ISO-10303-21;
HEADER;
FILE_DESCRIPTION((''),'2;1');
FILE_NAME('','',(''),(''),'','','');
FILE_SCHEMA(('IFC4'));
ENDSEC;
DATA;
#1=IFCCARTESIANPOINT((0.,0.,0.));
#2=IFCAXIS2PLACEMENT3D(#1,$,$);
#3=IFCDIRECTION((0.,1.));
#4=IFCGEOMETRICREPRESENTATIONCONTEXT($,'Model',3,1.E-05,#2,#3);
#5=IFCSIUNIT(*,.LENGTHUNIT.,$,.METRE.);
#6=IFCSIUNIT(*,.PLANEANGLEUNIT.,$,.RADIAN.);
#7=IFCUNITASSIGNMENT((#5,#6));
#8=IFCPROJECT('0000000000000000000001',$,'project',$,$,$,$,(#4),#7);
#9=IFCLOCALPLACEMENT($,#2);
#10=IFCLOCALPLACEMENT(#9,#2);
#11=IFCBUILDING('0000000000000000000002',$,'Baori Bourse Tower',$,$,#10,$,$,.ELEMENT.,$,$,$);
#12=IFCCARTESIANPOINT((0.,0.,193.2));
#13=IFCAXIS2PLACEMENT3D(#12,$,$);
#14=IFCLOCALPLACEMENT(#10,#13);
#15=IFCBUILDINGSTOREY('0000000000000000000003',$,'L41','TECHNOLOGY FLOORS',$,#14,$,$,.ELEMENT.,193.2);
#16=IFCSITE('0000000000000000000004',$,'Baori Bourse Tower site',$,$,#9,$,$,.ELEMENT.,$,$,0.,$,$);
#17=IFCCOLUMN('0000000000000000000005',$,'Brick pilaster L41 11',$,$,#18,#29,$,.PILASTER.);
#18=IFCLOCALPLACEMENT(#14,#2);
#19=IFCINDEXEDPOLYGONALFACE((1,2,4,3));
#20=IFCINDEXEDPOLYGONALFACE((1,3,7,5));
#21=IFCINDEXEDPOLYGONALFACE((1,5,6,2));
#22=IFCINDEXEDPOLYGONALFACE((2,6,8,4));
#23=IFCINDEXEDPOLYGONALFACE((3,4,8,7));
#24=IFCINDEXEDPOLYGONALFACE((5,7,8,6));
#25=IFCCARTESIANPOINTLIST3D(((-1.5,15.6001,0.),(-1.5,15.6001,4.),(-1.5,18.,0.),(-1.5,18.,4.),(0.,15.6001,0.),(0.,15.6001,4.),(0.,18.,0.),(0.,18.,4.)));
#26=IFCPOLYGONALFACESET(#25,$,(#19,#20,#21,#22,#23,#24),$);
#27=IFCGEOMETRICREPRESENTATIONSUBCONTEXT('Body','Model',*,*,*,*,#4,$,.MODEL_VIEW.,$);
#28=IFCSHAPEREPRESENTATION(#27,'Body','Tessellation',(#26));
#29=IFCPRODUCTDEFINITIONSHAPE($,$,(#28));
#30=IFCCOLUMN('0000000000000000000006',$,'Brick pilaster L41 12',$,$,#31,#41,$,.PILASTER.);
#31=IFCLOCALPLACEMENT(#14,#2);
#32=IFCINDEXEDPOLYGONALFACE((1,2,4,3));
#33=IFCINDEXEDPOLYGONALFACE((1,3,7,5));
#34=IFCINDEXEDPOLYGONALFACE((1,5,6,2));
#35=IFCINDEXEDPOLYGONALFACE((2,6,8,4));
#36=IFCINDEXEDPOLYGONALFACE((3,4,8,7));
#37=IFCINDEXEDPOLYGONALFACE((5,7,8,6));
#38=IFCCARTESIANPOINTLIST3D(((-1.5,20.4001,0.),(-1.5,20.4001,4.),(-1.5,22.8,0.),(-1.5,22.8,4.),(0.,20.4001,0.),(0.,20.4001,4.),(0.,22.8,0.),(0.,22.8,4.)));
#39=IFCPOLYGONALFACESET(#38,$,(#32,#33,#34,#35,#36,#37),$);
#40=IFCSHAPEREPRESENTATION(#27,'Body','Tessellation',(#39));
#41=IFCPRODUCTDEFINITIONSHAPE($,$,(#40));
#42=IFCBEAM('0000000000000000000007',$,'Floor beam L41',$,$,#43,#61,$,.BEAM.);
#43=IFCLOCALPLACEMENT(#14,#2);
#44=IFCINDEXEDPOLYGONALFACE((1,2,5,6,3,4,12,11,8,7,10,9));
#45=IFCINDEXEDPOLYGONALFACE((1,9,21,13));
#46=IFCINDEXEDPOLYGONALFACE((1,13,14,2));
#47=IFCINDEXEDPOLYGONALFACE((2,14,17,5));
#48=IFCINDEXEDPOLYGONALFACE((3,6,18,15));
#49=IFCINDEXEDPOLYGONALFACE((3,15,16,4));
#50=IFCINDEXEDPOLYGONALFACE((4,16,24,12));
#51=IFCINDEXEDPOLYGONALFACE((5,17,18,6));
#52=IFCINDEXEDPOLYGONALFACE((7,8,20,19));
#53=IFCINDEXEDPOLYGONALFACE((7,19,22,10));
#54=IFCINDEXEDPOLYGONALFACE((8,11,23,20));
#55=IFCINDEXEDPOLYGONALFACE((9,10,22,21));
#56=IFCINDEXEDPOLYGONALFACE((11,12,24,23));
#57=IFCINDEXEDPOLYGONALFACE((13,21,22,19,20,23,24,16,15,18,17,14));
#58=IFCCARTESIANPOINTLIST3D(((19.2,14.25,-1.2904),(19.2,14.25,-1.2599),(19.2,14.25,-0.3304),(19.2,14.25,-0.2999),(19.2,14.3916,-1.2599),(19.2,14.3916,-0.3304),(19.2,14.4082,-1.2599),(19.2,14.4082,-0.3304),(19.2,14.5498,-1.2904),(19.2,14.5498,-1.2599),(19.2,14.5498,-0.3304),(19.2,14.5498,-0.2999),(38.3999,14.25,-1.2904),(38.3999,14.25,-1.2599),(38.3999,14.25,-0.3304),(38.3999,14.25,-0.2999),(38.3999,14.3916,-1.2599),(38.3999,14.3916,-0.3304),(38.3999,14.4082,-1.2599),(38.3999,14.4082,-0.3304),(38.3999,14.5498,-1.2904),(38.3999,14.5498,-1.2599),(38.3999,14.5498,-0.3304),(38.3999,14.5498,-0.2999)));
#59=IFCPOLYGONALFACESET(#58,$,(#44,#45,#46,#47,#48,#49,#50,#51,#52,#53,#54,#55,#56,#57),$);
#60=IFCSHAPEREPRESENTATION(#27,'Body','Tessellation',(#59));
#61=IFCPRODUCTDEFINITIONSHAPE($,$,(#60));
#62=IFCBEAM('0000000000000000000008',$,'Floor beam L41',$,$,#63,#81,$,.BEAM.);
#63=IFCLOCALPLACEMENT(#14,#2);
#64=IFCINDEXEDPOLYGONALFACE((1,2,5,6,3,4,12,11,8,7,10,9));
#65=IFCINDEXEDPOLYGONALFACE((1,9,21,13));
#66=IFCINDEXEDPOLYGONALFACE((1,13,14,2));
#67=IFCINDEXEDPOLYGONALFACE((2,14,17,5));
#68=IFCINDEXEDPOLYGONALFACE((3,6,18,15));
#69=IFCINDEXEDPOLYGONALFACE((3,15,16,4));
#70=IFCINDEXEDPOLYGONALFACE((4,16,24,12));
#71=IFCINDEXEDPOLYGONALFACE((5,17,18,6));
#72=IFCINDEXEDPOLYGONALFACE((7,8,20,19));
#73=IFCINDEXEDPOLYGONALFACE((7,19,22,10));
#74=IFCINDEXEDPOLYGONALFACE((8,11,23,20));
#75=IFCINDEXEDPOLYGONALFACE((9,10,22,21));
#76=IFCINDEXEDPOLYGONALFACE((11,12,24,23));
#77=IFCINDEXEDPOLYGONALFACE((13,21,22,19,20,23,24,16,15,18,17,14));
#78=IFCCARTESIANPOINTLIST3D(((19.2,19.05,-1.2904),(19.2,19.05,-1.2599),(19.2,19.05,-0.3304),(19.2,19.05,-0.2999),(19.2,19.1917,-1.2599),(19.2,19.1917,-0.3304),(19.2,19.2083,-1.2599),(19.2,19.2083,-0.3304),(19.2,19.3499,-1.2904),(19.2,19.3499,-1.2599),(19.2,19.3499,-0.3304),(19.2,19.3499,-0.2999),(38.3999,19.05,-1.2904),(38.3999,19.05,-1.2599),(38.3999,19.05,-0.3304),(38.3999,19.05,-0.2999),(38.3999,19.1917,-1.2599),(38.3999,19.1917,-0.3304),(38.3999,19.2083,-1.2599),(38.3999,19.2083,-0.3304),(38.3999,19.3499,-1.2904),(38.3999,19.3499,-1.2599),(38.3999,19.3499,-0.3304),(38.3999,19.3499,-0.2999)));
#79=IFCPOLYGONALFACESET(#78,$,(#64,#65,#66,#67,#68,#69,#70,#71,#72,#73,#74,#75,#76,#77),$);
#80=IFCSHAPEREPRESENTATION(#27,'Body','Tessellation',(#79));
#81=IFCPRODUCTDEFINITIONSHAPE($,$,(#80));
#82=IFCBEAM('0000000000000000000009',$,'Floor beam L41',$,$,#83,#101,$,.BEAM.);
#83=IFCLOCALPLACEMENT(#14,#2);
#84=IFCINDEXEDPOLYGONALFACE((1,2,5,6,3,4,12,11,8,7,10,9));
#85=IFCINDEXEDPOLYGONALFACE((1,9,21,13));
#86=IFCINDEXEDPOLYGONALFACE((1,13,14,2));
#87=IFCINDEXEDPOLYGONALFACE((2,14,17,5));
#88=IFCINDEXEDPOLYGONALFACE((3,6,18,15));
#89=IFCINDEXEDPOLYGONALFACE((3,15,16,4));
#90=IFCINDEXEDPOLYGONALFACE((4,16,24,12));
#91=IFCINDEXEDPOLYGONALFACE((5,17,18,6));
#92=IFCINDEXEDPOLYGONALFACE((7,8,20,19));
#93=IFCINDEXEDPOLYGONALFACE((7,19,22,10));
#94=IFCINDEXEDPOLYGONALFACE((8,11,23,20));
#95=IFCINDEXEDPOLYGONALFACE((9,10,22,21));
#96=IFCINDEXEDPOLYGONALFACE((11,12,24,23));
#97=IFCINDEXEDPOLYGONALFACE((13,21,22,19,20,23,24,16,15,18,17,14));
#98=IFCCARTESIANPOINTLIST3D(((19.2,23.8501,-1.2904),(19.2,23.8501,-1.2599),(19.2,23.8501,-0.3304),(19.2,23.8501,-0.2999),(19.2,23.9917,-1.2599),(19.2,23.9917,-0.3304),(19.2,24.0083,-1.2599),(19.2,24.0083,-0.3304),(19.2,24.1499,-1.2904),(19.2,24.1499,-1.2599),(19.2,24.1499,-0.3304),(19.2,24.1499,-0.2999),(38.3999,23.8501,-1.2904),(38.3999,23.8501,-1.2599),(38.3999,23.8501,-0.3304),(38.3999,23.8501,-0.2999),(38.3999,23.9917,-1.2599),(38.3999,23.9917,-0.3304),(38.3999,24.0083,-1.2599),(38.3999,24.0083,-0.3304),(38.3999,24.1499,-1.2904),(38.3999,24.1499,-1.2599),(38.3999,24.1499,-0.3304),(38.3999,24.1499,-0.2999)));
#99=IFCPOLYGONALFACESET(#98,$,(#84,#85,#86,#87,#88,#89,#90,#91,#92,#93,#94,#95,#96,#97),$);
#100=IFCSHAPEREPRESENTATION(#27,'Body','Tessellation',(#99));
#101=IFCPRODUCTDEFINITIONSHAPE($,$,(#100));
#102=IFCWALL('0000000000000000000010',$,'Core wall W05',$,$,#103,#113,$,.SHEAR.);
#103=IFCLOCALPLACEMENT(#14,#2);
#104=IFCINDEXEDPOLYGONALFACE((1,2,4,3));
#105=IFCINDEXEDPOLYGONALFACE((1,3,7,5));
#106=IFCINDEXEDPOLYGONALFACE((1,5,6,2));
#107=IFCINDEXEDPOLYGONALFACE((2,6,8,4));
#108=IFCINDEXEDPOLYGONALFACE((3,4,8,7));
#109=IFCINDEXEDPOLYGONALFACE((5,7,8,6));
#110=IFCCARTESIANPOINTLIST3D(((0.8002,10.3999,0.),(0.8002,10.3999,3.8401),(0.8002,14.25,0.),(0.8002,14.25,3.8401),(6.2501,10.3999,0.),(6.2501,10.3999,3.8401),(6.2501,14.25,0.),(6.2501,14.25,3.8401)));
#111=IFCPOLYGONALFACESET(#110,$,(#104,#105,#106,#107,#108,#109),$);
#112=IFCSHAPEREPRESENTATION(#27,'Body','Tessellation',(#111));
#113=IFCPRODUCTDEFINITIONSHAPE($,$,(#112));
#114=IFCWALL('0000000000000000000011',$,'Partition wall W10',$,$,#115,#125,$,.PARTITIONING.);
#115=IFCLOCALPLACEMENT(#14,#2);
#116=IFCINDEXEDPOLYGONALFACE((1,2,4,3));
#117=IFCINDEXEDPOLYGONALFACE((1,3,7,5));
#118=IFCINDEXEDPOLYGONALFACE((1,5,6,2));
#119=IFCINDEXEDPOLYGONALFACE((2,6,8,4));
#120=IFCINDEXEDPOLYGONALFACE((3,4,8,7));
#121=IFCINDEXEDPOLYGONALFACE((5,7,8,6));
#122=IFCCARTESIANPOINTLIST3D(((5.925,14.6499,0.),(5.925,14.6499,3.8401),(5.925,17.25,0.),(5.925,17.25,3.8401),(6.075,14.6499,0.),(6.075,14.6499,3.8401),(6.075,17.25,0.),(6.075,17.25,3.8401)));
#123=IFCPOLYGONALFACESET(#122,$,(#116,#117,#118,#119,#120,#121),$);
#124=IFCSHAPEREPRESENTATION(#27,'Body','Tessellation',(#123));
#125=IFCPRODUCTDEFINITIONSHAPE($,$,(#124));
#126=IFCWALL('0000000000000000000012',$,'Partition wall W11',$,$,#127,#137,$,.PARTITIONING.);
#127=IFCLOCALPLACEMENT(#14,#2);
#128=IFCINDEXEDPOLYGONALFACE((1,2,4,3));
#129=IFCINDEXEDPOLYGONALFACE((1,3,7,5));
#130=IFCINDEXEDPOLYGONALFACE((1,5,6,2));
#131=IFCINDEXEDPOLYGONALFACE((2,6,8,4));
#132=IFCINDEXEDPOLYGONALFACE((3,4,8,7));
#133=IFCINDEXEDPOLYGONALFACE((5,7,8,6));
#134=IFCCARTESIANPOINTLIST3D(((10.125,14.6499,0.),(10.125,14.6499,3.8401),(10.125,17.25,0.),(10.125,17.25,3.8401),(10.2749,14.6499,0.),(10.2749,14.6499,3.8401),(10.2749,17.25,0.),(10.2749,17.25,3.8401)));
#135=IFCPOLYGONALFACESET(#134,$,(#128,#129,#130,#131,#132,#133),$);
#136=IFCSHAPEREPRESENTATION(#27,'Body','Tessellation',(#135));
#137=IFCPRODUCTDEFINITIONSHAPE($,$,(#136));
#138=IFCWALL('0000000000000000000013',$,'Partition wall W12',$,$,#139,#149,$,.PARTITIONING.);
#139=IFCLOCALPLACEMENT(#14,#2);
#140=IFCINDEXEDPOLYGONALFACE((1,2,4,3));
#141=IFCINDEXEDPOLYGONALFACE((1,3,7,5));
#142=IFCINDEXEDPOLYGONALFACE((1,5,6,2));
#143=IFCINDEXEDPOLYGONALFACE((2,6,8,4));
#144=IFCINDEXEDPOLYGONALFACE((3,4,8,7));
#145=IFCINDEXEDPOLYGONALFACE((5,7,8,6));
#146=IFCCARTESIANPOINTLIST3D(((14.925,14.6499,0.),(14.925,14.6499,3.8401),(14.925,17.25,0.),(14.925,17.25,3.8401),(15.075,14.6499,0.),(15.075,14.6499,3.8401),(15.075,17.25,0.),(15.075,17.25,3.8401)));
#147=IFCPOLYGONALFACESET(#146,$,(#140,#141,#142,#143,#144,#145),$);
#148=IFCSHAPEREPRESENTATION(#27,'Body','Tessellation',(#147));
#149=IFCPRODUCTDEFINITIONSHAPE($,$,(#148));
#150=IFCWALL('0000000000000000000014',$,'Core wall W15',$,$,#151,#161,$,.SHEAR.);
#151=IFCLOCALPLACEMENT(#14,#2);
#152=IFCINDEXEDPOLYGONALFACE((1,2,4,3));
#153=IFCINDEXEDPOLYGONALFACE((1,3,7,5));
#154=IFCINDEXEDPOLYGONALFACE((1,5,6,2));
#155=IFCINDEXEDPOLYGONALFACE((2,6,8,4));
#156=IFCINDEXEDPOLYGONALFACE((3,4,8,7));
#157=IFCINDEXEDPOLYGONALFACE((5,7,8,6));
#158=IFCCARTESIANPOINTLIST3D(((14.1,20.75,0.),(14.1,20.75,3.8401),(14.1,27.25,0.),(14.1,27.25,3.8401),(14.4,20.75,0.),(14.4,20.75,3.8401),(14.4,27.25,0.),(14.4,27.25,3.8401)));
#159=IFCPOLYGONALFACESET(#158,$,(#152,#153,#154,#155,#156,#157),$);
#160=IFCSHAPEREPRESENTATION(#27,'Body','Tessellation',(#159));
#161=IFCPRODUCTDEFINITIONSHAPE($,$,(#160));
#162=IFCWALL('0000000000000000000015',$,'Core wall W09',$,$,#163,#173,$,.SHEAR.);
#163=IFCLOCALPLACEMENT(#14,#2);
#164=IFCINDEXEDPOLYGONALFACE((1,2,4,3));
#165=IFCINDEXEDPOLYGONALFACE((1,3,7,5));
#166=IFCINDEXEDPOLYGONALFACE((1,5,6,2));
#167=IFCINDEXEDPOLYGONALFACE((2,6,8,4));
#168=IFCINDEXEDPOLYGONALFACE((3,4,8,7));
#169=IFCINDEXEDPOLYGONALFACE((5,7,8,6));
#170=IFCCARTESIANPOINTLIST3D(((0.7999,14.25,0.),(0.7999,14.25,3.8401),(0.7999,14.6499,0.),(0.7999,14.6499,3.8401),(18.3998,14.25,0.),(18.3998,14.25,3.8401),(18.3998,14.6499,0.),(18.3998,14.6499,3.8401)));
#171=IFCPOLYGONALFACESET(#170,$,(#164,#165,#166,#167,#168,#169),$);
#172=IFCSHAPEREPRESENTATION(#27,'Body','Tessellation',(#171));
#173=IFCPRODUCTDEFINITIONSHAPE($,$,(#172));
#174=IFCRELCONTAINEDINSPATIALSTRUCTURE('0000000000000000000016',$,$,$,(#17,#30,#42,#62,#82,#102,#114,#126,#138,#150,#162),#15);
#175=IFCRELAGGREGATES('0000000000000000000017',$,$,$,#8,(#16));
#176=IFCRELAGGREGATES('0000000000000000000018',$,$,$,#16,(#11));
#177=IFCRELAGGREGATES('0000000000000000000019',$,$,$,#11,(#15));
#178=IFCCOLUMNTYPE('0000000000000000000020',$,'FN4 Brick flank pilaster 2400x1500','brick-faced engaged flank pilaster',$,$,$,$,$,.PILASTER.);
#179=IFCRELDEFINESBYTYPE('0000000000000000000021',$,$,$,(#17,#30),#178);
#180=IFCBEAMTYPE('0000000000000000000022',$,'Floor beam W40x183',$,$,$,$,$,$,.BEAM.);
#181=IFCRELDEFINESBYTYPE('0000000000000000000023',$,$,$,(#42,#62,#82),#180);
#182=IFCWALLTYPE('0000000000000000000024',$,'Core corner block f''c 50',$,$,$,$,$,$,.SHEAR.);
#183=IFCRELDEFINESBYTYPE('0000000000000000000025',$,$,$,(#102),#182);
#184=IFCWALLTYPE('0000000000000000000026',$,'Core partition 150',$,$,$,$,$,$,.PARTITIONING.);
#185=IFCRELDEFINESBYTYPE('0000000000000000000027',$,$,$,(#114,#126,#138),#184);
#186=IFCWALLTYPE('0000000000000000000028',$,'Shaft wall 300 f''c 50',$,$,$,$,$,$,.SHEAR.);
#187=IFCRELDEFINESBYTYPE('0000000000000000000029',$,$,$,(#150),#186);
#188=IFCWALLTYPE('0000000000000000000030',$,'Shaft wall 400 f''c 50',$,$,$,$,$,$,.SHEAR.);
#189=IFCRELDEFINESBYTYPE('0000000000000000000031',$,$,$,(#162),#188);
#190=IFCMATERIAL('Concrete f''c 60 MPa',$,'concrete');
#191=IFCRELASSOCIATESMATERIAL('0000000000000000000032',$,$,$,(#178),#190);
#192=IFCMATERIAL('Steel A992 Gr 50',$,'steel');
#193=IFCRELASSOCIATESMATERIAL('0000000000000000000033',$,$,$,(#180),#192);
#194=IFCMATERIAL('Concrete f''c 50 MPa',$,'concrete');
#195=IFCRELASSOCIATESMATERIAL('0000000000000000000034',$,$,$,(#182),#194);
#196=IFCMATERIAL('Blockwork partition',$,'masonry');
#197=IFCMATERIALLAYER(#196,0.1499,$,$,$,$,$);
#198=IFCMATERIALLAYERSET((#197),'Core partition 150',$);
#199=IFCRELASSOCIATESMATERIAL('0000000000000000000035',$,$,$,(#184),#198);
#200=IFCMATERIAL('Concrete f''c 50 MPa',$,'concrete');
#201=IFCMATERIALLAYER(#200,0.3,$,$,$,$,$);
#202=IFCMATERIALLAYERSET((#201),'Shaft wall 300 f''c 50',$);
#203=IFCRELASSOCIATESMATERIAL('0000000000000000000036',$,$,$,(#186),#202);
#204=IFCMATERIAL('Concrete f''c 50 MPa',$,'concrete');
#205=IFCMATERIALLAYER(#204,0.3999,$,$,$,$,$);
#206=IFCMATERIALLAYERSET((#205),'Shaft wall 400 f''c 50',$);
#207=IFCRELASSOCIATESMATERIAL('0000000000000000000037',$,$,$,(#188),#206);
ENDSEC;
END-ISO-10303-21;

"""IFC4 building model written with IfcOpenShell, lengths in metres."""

from ifc_helpers import new_model, si_unit, direction, frame, frame_2d, origin, origin_2d, place, context, subcontext, project, spatial, rectangle, i_section, extrude, material, layer, layer_set, material_profile, profile_set, type_object, element, save


model = new_model("IFC4")

# Units and contexts
model_context = context("Model", 3, precision=1e-05, world=origin(), true_north=direction((0.0, 1.0)))
body_context = subcontext(model_context, "Body", "Model", "MODEL_VIEW")
ifc_project = project(units=[si_unit("LENGTHUNIT", "METRE"), si_unit("PLANEANGLEUNIT", "RADIAN")], contexts=[model_context])

# Site, building, storey
site_placement = place(None, origin())
site = spatial("IfcSite", under=ifc_project, at=site_placement, Name="Baori Bourse Tower site", CompositionType="ELEMENT", RefElevation=0.0)
building_placement = place(site_placement, origin())
building = spatial("IfcBuilding", under=site, at=building_placement, Name="Baori Bourse Tower", CompositionType="ELEMENT")
storey_placement = place(building_placement, frame((0.0, 0.0, 193.2)))
storey = spatial("IfcBuildingStorey", under=building, at=storey_placement, Name="L41", Description="TECHNOLOGY FLOORS", CompositionType="ELEMENT", Elevation=193.2)

# Columns
ifc_material_1 = material(Name="Concrete f'c 60 MPa", Category="concrete")
ifc_material_profile_1 = material_profile(ifc_material_1, rectangle(XDim=2.3999, YDim=1.5, at=origin_2d()), Name="RC 2400x1500")
ifc_profile_set_1 = profile_set([ifc_material_profile_1], Name="Concrete f'c 60 MPa")
column_type = type_object("IfcColumnType", Name="FN4 Brick flank pilaster 2400x1500", Description="brick-faced engaged flank pilaster", PredefinedType="PILASTER", material=ifc_profile_set_1)
for number, where, z_axis, x_axis, name in (
    (1, (-0.75, 16.8, 0.0), (0.0, 0.0, 1.0), (0.0, 1.0, 0.0), "Brick pilaster L41 11"),
    (2, (-0.75, 21.6001, 0.0), (0.0, 0.0, 1.0), (0.0, 1.0, 0.0), "Brick pilaster L41 12"),
):
    element("IfcColumn", number, at=place(storey_placement, frame(where, z_axis=z_axis, x_axis=x_axis)), inside=storey, type_object=column_type, Name=name, PredefinedType="PILASTER", context=body_context, shape_type="SweptSolid", body=[
        extrude(rectangle(XDim=2.3999, YDim=1.5, at=origin_2d()), origin(), (0.0, 0.0, 1.0), 4.0),
    ])

# Beams
ifc_material_2 = material(Name="Steel A992 Gr 50", Category="steel")
ifc_material_profile_2 = material_profile(ifc_material_2, i_section(OverallWidth=0.2998, OverallDepth=0.9905, WebThickness=0.0166, FlangeThickness=0.0305, at=origin_2d()), Name="W40x183")
ifc_profile_set_2 = profile_set([ifc_material_profile_2], Name="Steel A992 Gr 50")
beam_type = type_object("IfcBeamType", Name="Floor beam W40x183", PredefinedType="BEAM", material=ifc_profile_set_2)
for number, where, z_axis, x_axis, name in (
    (3, (19.2, 14.3999, -0.7952), (1.0, 0.0, 0.0), (0.0, 1.0, 0.0), "Floor beam L41"),
    (4, (19.2, 19.2, -0.7952), (1.0, 0.0, 0.0), (0.0, 1.0, 0.0), "Floor beam L41"),
    (5, (19.2, 24.0, -0.7952), (1.0, 0.0, 0.0), (0.0, 1.0, 0.0), "Floor beam L41"),
):
    element("IfcBeam", number, at=place(storey_placement, frame(where, z_axis=z_axis, x_axis=x_axis)), inside=storey, type_object=beam_type, Name=name, PredefinedType="BEAM", context=body_context, shape_type="SweptSolid", body=[
        extrude(i_section(OverallWidth=0.2998, OverallDepth=0.9905, WebThickness=0.0166, FlangeThickness=0.0305, at=origin_2d()), origin(), (0.0, 0.0, 1.0), 19.2),
    ])

# Walls
ifc_material_3 = material(Name="Concrete f'c 50 MPa", Category="concrete")
wall_type_1 = type_object("IfcWallType", Name="Core corner block f'c 50", PredefinedType="SHEAR", material=ifc_material_3)
wall_1_placement = place(storey_placement, frame((0.8, 12.325, 0.0), z_axis=(0.0, 0.0, 1.0), x_axis=(1.0, 0.0, 0.0)))
element("IfcWall", 6, at=wall_1_placement, inside=storey, type_object=wall_type_1, Name="Core wall W05", PredefinedType="SHEAR", context=body_context, shape_type="SweptSolid", body=[
    extrude(rectangle(XDim=5.45, YDim=3.8501, at=frame_2d((2.7251, 0.0))), origin(), (0.0, 0.0, 1.0), 3.8401),
])
ifc_material_4 = material(Name="Blockwork partition", Category="masonry")
ifc_layer_1 = layer(ifc_material_4, 0.1499)
ifc_layer_set_1 = layer_set([ifc_layer_1], Name="Core partition 150")
wall_type_2 = type_object("IfcWallType", Name="Core partition 150", PredefinedType="PARTITIONING", material=ifc_layer_set_1)
for number, where, z_axis, x_axis, name in (
    (7, (6.0, 14.6499, 0.0), (0.0, 0.0, 1.0), (0.0, 1.0, 0.0), "Partition wall W10"),
    (8, (10.2, 14.6499, 0.0), (0.0, 0.0, 1.0), (0.0, 1.0, 0.0), "Partition wall W11"),
    (9, (15.0, 14.6499, 0.0), (0.0, 0.0, 1.0), (0.0, 1.0, 0.0), "Partition wall W12"),
):
    element("IfcWall", number, at=place(storey_placement, frame(where, z_axis=z_axis, x_axis=x_axis)), inside=storey, type_object=wall_type_2, Name=name, PredefinedType="PARTITIONING", context=body_context, shape_type="SweptSolid", body=[
        extrude(rectangle(XDim=2.6001, YDim=0.1499, at=frame_2d((1.3, 0.0))), origin(), (0.0, 0.0, 1.0), 3.8401),
    ])
ifc_material_5 = material(Name="Concrete f'c 50 MPa", Category="concrete")
ifc_layer_2 = layer(ifc_material_5, 0.3)
ifc_layer_set_2 = layer_set([ifc_layer_2], Name="Shaft wall 300 f'c 50")
wall_type_3 = type_object("IfcWallType", Name="Shaft wall 300 f'c 50", PredefinedType="SHEAR", material=ifc_layer_set_2)
wall_2_placement = place(storey_placement, frame((14.25, 20.75, 0.0), z_axis=(0.0, 0.0, 1.0), x_axis=(0.0, 1.0, 0.0)))
element("IfcWall", 10, at=wall_2_placement, inside=storey, type_object=wall_type_3, Name="Core wall W15", PredefinedType="SHEAR", context=body_context, shape_type="SweptSolid", body=[
    extrude(rectangle(XDim=6.5, YDim=0.3, at=frame_2d((3.25, 0.0))), origin(), (0.0, 0.0, 1.0), 3.8401),
])
ifc_material_6 = material(Name="Concrete f'c 50 MPa", Category="concrete")
ifc_layer_3 = layer(ifc_material_6, 0.3999)
ifc_layer_set_3 = layer_set([ifc_layer_3], Name="Shaft wall 400 f'c 50")
wall_type_4 = type_object("IfcWallType", Name="Shaft wall 400 f'c 50", PredefinedType="SHEAR", material=ifc_layer_set_3)
wall_3_placement = place(storey_placement, frame((0.8, 14.45, 0.0), z_axis=(0.0, 0.0, 1.0), x_axis=(1.0, 0.0, 0.0)))
element("IfcWall", 11, at=wall_3_placement, inside=storey, type_object=wall_type_4, Name="Core wall W09", PredefinedType="SHEAR", context=body_context, shape_type="SweptSolid", body=[
    extrude(rectangle(XDim=17.5999, YDim=0.3999, at=frame_2d((8.7998, 0.0))), origin(), (0.0, 0.0, 1.0), 3.8401),
])

save(model, "model.ifc")
